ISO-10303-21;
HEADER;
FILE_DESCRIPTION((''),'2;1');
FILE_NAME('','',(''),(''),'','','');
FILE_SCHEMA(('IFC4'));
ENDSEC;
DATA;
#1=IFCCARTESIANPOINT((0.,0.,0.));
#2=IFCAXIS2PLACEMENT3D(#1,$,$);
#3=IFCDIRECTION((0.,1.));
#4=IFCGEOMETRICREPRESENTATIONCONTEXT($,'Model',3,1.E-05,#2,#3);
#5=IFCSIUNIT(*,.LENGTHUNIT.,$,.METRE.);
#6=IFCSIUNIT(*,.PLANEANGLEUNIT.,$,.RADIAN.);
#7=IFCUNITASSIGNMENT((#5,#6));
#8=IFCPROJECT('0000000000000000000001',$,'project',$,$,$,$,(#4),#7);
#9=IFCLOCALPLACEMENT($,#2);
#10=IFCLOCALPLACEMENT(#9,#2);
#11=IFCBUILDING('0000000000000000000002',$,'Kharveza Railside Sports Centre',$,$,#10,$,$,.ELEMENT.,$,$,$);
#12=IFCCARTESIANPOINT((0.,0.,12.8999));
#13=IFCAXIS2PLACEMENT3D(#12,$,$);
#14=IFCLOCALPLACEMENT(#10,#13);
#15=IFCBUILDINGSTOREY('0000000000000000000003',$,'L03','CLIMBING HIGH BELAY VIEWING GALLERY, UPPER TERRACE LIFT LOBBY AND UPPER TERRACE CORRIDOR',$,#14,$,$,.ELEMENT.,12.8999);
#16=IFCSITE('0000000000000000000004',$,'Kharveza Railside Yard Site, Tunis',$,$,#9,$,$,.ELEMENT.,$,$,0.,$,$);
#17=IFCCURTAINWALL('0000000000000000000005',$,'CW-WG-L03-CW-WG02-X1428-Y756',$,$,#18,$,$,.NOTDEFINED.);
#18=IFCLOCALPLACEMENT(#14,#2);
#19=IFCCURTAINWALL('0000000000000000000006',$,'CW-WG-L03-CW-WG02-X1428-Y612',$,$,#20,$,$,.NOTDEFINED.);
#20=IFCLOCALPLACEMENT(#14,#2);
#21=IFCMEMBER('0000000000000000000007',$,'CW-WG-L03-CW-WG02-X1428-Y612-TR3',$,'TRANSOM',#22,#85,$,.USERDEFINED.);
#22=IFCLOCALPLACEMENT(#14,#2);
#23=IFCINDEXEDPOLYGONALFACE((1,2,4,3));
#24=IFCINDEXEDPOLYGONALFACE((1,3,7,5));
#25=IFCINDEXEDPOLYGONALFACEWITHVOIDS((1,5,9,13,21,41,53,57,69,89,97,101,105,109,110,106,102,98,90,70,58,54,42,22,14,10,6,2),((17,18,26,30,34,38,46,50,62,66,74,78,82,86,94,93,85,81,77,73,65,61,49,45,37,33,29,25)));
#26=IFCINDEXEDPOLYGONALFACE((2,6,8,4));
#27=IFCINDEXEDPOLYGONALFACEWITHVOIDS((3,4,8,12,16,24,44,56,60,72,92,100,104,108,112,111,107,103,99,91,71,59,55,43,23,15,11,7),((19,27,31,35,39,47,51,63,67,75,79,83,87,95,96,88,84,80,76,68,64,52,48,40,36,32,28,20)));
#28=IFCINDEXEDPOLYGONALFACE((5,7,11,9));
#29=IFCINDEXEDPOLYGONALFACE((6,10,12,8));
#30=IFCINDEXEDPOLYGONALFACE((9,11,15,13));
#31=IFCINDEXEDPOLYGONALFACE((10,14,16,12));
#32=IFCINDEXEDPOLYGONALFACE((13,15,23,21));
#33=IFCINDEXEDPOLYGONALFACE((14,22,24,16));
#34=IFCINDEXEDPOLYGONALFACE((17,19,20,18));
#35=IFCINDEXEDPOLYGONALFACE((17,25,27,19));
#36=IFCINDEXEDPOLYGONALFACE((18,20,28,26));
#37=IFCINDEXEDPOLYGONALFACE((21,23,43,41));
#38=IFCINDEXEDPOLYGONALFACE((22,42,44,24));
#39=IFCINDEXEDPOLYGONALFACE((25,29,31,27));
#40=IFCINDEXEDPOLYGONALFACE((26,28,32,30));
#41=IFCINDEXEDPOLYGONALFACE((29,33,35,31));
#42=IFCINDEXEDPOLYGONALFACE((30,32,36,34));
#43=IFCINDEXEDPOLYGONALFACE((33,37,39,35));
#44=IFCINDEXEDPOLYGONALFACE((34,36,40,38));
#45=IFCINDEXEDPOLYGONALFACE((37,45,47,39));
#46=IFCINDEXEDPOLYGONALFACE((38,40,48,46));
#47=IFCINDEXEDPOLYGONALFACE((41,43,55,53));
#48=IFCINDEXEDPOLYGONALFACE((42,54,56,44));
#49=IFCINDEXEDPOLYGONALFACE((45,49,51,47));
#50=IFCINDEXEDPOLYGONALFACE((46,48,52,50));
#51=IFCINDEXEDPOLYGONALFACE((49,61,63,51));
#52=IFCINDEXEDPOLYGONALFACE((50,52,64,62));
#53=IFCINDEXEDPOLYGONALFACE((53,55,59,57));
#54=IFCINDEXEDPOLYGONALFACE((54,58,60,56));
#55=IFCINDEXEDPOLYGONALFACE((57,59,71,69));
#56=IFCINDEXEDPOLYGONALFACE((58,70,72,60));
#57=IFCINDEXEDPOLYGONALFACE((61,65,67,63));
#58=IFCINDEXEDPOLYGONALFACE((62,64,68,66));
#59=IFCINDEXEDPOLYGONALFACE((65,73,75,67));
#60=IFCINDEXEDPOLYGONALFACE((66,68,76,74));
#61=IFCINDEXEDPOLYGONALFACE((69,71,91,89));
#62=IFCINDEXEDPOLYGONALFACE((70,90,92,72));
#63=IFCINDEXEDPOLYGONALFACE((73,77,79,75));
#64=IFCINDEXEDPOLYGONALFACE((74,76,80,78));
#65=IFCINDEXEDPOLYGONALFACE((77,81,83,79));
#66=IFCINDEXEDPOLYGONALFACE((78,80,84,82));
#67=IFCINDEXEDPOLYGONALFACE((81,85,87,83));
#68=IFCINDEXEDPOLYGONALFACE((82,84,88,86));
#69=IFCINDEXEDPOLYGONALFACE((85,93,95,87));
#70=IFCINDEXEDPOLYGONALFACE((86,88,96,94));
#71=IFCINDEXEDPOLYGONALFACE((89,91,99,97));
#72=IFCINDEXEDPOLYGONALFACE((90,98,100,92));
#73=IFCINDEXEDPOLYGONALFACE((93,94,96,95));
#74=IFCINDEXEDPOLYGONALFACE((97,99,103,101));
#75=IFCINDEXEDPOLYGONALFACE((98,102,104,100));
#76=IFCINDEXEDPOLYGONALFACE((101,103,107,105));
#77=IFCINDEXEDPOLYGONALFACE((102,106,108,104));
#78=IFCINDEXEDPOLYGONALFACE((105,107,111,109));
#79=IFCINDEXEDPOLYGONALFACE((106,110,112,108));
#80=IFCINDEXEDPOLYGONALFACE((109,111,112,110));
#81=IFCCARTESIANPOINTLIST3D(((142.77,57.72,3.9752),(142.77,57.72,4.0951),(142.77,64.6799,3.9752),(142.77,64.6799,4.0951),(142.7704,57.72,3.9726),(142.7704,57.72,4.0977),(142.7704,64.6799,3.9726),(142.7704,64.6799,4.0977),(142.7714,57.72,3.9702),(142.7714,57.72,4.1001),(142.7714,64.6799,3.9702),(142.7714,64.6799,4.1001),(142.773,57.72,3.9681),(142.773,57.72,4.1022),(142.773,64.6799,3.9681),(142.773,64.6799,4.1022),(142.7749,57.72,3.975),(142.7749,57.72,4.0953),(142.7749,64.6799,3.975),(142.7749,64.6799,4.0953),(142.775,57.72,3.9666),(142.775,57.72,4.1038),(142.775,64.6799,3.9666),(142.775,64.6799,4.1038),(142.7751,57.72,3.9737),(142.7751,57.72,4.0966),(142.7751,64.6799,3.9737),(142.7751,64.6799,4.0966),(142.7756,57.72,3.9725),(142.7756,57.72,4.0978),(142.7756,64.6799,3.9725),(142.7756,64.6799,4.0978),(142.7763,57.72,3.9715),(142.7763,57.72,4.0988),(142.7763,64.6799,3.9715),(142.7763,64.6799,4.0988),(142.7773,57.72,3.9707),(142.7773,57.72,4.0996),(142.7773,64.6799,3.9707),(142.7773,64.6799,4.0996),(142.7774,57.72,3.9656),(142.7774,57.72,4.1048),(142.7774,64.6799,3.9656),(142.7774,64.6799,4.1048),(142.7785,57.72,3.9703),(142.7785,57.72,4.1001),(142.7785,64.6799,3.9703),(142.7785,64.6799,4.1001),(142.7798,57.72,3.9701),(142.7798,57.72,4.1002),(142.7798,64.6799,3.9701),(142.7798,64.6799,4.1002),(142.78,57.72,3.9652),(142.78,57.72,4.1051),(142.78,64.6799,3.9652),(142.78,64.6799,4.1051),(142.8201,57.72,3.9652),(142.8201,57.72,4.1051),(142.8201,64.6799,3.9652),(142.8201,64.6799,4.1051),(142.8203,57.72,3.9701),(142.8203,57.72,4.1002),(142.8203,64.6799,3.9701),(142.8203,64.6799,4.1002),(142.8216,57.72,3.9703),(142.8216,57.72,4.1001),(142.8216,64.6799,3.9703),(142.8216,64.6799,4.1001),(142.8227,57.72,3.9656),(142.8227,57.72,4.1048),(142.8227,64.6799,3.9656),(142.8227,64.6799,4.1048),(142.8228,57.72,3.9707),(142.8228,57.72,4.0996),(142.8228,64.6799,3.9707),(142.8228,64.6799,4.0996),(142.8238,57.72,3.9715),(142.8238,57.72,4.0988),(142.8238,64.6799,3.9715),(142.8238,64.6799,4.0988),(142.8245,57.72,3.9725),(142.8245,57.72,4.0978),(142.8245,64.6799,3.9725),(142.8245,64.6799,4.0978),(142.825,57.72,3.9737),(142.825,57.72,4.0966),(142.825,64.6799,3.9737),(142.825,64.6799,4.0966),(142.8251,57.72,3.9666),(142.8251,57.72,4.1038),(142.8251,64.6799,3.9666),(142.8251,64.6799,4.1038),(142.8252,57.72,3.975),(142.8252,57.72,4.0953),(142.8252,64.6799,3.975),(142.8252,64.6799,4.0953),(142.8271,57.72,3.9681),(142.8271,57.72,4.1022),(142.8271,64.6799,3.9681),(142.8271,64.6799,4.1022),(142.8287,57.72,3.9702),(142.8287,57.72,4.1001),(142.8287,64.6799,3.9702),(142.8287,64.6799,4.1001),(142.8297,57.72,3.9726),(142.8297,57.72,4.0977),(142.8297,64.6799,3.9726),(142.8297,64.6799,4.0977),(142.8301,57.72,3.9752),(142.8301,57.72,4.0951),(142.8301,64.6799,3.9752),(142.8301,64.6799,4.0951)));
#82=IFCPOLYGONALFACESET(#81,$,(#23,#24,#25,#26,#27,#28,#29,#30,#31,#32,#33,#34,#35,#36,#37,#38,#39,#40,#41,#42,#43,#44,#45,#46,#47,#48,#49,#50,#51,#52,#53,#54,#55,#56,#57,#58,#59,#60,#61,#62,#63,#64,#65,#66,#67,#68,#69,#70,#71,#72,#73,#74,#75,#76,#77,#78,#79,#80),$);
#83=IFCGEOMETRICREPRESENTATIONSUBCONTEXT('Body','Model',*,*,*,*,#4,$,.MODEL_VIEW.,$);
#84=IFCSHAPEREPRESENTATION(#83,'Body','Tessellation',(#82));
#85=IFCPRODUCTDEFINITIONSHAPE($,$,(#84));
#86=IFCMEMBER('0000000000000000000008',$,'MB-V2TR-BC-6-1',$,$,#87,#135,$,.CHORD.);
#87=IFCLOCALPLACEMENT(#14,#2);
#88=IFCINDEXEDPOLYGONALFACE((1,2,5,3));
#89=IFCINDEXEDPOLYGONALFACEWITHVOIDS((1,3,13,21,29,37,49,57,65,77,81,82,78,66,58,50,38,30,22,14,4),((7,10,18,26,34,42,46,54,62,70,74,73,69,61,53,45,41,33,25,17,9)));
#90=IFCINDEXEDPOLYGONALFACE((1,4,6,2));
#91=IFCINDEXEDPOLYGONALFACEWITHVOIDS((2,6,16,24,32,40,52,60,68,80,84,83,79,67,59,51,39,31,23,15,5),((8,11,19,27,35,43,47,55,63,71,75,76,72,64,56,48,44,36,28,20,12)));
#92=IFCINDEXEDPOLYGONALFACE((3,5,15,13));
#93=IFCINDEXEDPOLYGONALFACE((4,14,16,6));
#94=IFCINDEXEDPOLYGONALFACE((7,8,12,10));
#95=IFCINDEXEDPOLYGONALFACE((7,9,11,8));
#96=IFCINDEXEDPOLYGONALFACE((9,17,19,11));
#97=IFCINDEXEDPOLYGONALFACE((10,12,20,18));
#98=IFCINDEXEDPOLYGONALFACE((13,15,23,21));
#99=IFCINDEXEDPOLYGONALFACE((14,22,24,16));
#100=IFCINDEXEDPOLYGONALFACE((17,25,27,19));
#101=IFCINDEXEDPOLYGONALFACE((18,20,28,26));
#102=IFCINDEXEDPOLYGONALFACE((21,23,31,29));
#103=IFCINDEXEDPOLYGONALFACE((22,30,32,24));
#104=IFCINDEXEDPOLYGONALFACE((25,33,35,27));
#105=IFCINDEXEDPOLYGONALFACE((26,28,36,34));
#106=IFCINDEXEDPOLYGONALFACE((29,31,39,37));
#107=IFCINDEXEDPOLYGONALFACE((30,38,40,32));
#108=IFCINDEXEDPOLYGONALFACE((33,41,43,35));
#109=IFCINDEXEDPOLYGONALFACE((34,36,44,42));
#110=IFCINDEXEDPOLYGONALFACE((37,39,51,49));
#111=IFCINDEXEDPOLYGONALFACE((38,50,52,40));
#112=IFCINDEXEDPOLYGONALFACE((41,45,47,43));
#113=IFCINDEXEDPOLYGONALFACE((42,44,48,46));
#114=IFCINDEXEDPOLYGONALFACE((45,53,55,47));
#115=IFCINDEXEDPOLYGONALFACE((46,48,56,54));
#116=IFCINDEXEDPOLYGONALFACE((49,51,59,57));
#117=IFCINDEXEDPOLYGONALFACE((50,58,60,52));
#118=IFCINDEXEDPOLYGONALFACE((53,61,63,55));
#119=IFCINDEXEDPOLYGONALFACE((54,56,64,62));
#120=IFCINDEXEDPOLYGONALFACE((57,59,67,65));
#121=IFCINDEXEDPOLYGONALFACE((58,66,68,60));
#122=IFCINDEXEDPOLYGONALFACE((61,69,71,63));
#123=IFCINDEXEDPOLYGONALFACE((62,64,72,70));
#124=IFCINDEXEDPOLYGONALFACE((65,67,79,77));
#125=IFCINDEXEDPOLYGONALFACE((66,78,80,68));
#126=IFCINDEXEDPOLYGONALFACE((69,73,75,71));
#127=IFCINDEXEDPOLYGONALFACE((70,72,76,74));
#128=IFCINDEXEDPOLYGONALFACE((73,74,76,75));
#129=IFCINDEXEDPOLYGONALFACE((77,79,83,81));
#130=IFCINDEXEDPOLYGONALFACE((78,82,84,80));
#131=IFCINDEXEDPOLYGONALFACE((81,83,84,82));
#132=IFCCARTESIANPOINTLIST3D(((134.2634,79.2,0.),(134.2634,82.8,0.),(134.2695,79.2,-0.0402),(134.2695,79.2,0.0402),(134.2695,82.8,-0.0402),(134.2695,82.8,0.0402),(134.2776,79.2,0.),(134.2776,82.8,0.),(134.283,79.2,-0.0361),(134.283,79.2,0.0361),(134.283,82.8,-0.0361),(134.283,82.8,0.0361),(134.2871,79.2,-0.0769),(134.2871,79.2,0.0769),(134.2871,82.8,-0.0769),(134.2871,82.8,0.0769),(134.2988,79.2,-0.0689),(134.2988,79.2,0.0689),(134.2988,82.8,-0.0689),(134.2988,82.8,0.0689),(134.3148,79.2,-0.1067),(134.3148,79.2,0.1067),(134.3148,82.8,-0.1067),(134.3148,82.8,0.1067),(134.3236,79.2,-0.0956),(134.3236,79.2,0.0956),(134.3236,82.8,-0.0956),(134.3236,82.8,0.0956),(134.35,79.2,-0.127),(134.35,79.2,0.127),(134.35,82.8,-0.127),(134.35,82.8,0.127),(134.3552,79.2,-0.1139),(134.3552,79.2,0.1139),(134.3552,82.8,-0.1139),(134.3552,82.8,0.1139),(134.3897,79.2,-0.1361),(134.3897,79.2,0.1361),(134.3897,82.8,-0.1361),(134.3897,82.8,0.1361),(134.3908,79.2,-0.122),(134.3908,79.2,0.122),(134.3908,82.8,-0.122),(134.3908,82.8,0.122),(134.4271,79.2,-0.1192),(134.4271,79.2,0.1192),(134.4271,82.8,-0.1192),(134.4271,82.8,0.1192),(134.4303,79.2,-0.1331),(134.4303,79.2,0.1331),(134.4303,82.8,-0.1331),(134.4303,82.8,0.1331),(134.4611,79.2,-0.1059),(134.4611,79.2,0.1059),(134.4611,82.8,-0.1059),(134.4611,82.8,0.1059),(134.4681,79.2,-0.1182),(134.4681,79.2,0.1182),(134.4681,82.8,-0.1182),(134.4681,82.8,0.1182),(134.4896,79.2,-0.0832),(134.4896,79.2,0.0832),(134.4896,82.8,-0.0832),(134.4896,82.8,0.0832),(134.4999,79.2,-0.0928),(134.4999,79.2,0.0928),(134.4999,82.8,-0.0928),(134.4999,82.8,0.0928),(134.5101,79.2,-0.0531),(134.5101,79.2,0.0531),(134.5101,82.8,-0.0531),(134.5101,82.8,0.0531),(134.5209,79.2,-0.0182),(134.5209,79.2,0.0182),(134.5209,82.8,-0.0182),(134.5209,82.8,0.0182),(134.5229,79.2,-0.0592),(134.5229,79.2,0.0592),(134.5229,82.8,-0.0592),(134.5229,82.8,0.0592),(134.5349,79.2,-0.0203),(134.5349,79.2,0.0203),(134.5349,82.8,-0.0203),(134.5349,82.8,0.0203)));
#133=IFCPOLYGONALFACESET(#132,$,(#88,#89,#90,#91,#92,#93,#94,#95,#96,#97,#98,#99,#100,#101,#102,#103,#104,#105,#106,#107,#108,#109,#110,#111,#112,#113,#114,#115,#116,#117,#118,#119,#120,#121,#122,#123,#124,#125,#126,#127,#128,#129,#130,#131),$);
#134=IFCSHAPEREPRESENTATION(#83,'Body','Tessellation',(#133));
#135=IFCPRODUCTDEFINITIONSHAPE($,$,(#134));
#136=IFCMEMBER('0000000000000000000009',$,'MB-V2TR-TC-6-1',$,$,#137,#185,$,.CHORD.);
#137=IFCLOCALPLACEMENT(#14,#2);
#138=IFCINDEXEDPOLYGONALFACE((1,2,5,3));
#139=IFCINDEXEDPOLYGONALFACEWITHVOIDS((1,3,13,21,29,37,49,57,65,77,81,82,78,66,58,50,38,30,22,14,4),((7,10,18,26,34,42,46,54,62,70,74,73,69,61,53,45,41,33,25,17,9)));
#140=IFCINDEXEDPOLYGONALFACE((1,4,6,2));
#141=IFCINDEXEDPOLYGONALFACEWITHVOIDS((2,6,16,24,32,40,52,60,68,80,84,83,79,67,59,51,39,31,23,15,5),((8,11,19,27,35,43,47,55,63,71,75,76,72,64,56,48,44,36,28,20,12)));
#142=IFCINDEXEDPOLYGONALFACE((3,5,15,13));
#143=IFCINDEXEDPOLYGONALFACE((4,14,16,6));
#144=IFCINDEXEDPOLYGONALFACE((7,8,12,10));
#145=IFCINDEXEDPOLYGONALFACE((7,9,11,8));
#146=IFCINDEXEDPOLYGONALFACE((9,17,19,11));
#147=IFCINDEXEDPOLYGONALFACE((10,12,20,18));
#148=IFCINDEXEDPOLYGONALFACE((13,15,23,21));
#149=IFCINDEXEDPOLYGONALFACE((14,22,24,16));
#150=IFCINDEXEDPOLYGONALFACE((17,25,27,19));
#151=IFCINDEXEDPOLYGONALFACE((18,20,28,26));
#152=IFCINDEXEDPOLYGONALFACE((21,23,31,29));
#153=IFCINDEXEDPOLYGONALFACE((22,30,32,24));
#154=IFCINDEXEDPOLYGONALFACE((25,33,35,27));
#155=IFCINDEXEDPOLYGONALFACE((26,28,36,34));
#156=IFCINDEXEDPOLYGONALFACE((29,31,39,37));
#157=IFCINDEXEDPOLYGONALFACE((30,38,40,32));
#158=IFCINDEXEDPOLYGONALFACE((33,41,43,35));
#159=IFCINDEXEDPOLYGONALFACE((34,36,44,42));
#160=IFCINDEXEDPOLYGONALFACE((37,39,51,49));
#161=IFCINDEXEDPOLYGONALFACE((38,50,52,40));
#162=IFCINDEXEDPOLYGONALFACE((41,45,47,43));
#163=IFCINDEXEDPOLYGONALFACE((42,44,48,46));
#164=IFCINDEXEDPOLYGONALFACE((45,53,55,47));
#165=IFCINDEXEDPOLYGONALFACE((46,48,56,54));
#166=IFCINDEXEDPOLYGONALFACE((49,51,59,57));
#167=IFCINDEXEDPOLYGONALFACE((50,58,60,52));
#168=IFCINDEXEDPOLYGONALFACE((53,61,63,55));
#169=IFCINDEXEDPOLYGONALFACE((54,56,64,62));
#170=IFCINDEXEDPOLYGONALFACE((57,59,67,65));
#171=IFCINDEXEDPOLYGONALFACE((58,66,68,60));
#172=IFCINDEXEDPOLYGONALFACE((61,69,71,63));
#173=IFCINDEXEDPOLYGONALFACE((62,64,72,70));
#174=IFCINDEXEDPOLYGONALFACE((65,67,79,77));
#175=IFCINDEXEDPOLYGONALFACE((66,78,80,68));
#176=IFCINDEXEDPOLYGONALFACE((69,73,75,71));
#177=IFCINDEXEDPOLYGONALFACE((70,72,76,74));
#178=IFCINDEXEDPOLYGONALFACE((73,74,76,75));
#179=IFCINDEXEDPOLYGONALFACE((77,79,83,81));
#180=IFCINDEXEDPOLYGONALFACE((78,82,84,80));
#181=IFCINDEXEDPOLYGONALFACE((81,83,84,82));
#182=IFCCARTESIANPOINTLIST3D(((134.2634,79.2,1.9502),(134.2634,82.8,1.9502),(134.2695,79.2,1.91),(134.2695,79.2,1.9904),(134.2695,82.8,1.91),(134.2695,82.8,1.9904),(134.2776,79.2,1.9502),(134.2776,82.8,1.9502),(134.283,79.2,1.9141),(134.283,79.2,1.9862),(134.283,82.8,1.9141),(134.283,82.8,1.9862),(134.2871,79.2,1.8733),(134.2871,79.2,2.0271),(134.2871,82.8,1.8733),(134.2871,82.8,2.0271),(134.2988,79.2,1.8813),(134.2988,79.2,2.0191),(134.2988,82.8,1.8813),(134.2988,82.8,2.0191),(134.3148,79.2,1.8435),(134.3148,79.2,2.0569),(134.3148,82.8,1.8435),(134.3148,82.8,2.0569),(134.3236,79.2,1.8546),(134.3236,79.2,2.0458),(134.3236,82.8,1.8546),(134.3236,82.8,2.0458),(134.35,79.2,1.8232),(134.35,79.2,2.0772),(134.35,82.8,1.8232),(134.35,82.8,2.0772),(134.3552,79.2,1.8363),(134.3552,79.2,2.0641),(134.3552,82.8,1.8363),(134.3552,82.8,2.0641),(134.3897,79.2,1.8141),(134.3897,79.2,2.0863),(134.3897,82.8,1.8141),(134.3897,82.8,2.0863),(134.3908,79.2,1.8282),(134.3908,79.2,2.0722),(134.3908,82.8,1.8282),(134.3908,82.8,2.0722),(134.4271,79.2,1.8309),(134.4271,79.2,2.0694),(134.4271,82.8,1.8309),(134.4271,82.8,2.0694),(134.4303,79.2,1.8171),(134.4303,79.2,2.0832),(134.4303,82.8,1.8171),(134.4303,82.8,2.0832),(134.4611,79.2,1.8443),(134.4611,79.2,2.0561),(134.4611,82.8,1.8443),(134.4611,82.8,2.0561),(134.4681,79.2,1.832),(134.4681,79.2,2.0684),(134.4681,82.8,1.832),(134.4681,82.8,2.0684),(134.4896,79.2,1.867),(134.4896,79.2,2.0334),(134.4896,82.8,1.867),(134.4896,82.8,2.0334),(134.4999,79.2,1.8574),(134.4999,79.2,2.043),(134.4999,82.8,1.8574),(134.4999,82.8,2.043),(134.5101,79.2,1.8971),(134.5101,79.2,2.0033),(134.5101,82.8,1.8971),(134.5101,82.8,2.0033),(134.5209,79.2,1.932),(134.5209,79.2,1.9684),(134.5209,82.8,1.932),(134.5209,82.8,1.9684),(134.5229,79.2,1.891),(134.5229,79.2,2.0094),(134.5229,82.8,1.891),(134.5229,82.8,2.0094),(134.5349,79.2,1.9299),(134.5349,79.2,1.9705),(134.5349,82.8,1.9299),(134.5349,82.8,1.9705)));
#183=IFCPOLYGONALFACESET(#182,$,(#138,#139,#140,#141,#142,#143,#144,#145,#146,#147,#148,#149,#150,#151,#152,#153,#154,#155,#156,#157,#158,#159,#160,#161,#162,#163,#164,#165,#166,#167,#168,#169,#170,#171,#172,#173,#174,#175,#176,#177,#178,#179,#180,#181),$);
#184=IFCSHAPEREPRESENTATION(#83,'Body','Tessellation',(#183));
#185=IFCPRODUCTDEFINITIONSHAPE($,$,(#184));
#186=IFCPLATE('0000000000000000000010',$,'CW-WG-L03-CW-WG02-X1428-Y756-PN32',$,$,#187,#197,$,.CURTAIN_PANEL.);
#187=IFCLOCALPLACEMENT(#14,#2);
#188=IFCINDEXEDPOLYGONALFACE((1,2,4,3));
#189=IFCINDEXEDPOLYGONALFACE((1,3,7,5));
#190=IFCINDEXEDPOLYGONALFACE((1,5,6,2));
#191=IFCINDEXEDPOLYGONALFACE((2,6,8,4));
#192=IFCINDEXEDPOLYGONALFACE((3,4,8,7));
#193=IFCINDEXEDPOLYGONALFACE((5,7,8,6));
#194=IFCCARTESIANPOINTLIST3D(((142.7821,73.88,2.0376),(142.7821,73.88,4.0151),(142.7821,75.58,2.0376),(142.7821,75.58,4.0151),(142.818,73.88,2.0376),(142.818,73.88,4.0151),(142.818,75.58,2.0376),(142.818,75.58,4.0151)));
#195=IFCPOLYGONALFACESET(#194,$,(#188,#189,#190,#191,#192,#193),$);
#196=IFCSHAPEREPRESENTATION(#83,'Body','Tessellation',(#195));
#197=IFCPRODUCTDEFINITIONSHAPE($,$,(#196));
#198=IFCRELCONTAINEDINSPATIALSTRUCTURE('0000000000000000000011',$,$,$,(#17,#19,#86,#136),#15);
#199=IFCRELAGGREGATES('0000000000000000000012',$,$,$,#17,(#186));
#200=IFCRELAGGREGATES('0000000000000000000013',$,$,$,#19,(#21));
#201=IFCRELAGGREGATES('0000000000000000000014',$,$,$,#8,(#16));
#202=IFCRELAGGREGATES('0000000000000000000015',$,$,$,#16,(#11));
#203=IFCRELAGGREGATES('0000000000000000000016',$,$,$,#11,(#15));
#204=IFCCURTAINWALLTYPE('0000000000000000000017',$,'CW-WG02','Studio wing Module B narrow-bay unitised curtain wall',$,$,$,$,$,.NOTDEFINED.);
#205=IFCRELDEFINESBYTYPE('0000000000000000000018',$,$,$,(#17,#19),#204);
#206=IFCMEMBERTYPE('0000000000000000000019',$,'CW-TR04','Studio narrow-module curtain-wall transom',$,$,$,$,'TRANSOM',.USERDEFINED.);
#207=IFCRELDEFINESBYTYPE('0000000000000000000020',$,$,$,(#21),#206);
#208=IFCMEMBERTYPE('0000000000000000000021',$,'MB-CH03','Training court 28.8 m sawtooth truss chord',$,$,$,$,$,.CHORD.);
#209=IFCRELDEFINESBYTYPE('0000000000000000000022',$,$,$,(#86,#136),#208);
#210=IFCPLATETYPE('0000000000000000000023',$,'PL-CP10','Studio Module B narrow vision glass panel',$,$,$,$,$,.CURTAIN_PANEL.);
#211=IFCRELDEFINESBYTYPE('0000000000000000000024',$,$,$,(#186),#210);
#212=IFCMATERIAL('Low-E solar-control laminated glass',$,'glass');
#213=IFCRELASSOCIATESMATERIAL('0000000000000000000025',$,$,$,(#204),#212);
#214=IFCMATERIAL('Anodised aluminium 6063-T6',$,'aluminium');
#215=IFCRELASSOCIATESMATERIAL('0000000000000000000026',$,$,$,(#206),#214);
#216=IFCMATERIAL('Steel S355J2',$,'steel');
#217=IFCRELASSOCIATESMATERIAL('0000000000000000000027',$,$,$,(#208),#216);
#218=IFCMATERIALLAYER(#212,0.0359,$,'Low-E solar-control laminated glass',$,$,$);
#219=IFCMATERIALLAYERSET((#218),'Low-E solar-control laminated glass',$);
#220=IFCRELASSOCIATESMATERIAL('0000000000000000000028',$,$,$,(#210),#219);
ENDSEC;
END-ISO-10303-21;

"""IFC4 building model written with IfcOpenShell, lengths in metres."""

from ifc_helpers import new_model, si_unit, direction, frame, origin, origin_2d, place, context, subcontext, project, spatial, rectangle, hollow_rectangle, hollow_circle, extrude, material, layer, layer_set, material_profile, profile_set, type_object, element, aggregate, save


model = new_model("IFC4")

# Units and contexts
model_context = context("Model", 3, precision=1e-05, world=origin(), true_north=direction((0.0, 1.0)))
body_context = subcontext(model_context, "Body", "Model", "MODEL_VIEW")
ifc_project = project(units=[si_unit("LENGTHUNIT", "METRE"), si_unit("PLANEANGLEUNIT", "RADIAN")], contexts=[model_context])

# Site, building, storey
site_placement = place(None, origin())
site = spatial("IfcSite", under=ifc_project, at=site_placement, Name="Kharveza Railside Yard Site, Tunis", CompositionType="ELEMENT", RefElevation=0.0)
building_placement = place(site_placement, origin())
building = spatial("IfcBuilding", under=site, at=building_placement, Name="Kharveza Railside Sports Centre", CompositionType="ELEMENT")
storey_placement = place(building_placement, frame((0.0, 0.0, 12.8999)))
storey = spatial("IfcBuildingStorey", under=building, at=storey_placement, Name="L03", Description="CLIMBING HIGH BELAY VIEWING GALLERY, UPPER TERRACE LIFT LOBBY AND UPPER TERRACE CORRIDOR", CompositionType="ELEMENT", Elevation=12.8999)

# Shared definitions
ifc_material_1 = material(Name="Steel S355J2", Category="steel")

# Curtain walls, member
ifc_material_2 = material(Name="Low-E solar-control laminated glass", Category="glass")
curtain_wall_type = type_object("IfcCurtainWallType", Name="CW-WG02", Description="Studio wing Module B narrow-bay unitised curtain wall", PredefinedType="NOTDEFINED", material=ifc_material_2)
curtain_wall_1_placement = place(storey_placement, origin())
curtain_wall_1 = element("IfcCurtainWall", 1, at=curtain_wall_1_placement, inside=storey, type_object=curtain_wall_type, Name="CW-WG-L03-CW-WG02-X1428-Y756", PredefinedType="NOTDEFINED")
ifc_material_3 = material(Name="Anodised aluminium 6063-T6", Category="aluminium")
curtain_wall_2_placement = place(storey_placement, origin())
curtain_wall_2 = element("IfcCurtainWall", 2, at=curtain_wall_2_placement, inside=storey, type_object=curtain_wall_type, Name="CW-WG-L03-CW-WG02-X1428-Y612", PredefinedType="NOTDEFINED")
ifc_material_profile_1 = material_profile(ifc_material_3, hollow_rectangle(XDim=0.0601, YDim=0.1399, WallThickness=0.0049, InnerFilletRadius=0.0049, OuterFilletRadius=0.01, at=origin_2d()), Name="RHS 60x140x5.0")
ifc_profile_set_1 = profile_set([ifc_material_profile_1], Name="Anodised aluminium 6063-T6")
member_type_1 = type_object("IfcMemberType", Name="CW-TR04", Description="Studio narrow-module curtain-wall transom", ElementType="TRANSOM", PredefinedType="USERDEFINED", material=ifc_profile_set_1)
member_1_placement = place(storey_placement, frame((142.8, 64.6799, 4.0352), z_axis=(0.0, -1.0, 0.0), x_axis=(1.0, 0.0, 0.0)))
member_1 = element("IfcMember", 3, at=member_1_placement, type_object=member_type_1, Name="CW-WG-L03-CW-WG02-X1428-Y612-TR3", ObjectType="TRANSOM", PredefinedType="USERDEFINED", context=body_context, shape_type="SweptSolid", body=[
    extrude(hollow_rectangle(XDim=0.0601, YDim=0.1399, WallThickness=0.0049, InnerFilletRadius=0.0049, OuterFilletRadius=0.01, at=origin_2d()), origin(), (0.0, 0.0, 1.0), 6.96),
])

# Members
ifc_material_profile_2 = material_profile(ifc_material_1, hollow_circle(Radius=0.1365, WallThickness=0.0142, at=origin_2d()), Name="CHS 273.0x14.2")
ifc_profile_set_2 = profile_set([ifc_material_profile_2], Name="Steel S355J2")
member_type_2 = type_object("IfcMemberType", Name="MB-CH03", Description="Training court 28.8 m sawtooth truss chord", PredefinedType="CHORD", material=ifc_profile_set_2)
for number, where, z_axis, x_axis, name in (
    (4, (134.3999, 79.2, 0.0), (0.0, 1.0, 0.0), (-1.0, 0.0, 0.0), "MB-V2TR-BC-6-1"),
    (5, (134.3999, 79.2, 1.9502), (0.0, 1.0, 0.0), (-1.0, 0.0, 0.0), "MB-V2TR-TC-6-1"),
):
    element("IfcMember", number, at=place(storey_placement, frame(where, z_axis=z_axis, x_axis=x_axis)), inside=storey, type_object=member_type_2, Name=name, PredefinedType="CHORD", context=body_context, shape_type="SweptSolid", body=[
        extrude(hollow_circle(Radius=0.1365, WallThickness=0.0142, at=origin_2d()), origin(), (0.0, 0.0, 1.0), 3.6001),
    ])

# Plate
ifc_layer_1 = layer(ifc_material_2, 0.0359, Name="Low-E solar-control laminated glass")
ifc_layer_set_1 = layer_set([ifc_layer_1], Name="Low-E solar-control laminated glass")
plate_type_1 = type_object("IfcPlateType", Name="PL-CP10", Description="Studio Module B narrow vision glass panel", PredefinedType="CURTAIN_PANEL", material=ifc_layer_set_1)
plate_1_placement = place(storey_placement, frame((142.8, 74.73, 2.0376), z_axis=(0.0, 0.0, 1.0), x_axis=(0.0, -1.0, 0.0)))
plate_1 = element("IfcPlate", 6, at=plate_1_placement, type_object=plate_type_1, Name="CW-WG-L03-CW-WG02-X1428-Y756-PN32", PredefinedType="CURTAIN_PANEL", context=body_context, shape_type="SweptSolid", body=[
    extrude(rectangle(XDim=1.7, YDim=0.0359, at=origin_2d()), origin(), (0.0, 0.0, 1.0), 1.9775),
])
aggregate(curtain_wall_1, [plate_1])
aggregate(curtain_wall_2, [member_1])

save(model, "model.ifc")
